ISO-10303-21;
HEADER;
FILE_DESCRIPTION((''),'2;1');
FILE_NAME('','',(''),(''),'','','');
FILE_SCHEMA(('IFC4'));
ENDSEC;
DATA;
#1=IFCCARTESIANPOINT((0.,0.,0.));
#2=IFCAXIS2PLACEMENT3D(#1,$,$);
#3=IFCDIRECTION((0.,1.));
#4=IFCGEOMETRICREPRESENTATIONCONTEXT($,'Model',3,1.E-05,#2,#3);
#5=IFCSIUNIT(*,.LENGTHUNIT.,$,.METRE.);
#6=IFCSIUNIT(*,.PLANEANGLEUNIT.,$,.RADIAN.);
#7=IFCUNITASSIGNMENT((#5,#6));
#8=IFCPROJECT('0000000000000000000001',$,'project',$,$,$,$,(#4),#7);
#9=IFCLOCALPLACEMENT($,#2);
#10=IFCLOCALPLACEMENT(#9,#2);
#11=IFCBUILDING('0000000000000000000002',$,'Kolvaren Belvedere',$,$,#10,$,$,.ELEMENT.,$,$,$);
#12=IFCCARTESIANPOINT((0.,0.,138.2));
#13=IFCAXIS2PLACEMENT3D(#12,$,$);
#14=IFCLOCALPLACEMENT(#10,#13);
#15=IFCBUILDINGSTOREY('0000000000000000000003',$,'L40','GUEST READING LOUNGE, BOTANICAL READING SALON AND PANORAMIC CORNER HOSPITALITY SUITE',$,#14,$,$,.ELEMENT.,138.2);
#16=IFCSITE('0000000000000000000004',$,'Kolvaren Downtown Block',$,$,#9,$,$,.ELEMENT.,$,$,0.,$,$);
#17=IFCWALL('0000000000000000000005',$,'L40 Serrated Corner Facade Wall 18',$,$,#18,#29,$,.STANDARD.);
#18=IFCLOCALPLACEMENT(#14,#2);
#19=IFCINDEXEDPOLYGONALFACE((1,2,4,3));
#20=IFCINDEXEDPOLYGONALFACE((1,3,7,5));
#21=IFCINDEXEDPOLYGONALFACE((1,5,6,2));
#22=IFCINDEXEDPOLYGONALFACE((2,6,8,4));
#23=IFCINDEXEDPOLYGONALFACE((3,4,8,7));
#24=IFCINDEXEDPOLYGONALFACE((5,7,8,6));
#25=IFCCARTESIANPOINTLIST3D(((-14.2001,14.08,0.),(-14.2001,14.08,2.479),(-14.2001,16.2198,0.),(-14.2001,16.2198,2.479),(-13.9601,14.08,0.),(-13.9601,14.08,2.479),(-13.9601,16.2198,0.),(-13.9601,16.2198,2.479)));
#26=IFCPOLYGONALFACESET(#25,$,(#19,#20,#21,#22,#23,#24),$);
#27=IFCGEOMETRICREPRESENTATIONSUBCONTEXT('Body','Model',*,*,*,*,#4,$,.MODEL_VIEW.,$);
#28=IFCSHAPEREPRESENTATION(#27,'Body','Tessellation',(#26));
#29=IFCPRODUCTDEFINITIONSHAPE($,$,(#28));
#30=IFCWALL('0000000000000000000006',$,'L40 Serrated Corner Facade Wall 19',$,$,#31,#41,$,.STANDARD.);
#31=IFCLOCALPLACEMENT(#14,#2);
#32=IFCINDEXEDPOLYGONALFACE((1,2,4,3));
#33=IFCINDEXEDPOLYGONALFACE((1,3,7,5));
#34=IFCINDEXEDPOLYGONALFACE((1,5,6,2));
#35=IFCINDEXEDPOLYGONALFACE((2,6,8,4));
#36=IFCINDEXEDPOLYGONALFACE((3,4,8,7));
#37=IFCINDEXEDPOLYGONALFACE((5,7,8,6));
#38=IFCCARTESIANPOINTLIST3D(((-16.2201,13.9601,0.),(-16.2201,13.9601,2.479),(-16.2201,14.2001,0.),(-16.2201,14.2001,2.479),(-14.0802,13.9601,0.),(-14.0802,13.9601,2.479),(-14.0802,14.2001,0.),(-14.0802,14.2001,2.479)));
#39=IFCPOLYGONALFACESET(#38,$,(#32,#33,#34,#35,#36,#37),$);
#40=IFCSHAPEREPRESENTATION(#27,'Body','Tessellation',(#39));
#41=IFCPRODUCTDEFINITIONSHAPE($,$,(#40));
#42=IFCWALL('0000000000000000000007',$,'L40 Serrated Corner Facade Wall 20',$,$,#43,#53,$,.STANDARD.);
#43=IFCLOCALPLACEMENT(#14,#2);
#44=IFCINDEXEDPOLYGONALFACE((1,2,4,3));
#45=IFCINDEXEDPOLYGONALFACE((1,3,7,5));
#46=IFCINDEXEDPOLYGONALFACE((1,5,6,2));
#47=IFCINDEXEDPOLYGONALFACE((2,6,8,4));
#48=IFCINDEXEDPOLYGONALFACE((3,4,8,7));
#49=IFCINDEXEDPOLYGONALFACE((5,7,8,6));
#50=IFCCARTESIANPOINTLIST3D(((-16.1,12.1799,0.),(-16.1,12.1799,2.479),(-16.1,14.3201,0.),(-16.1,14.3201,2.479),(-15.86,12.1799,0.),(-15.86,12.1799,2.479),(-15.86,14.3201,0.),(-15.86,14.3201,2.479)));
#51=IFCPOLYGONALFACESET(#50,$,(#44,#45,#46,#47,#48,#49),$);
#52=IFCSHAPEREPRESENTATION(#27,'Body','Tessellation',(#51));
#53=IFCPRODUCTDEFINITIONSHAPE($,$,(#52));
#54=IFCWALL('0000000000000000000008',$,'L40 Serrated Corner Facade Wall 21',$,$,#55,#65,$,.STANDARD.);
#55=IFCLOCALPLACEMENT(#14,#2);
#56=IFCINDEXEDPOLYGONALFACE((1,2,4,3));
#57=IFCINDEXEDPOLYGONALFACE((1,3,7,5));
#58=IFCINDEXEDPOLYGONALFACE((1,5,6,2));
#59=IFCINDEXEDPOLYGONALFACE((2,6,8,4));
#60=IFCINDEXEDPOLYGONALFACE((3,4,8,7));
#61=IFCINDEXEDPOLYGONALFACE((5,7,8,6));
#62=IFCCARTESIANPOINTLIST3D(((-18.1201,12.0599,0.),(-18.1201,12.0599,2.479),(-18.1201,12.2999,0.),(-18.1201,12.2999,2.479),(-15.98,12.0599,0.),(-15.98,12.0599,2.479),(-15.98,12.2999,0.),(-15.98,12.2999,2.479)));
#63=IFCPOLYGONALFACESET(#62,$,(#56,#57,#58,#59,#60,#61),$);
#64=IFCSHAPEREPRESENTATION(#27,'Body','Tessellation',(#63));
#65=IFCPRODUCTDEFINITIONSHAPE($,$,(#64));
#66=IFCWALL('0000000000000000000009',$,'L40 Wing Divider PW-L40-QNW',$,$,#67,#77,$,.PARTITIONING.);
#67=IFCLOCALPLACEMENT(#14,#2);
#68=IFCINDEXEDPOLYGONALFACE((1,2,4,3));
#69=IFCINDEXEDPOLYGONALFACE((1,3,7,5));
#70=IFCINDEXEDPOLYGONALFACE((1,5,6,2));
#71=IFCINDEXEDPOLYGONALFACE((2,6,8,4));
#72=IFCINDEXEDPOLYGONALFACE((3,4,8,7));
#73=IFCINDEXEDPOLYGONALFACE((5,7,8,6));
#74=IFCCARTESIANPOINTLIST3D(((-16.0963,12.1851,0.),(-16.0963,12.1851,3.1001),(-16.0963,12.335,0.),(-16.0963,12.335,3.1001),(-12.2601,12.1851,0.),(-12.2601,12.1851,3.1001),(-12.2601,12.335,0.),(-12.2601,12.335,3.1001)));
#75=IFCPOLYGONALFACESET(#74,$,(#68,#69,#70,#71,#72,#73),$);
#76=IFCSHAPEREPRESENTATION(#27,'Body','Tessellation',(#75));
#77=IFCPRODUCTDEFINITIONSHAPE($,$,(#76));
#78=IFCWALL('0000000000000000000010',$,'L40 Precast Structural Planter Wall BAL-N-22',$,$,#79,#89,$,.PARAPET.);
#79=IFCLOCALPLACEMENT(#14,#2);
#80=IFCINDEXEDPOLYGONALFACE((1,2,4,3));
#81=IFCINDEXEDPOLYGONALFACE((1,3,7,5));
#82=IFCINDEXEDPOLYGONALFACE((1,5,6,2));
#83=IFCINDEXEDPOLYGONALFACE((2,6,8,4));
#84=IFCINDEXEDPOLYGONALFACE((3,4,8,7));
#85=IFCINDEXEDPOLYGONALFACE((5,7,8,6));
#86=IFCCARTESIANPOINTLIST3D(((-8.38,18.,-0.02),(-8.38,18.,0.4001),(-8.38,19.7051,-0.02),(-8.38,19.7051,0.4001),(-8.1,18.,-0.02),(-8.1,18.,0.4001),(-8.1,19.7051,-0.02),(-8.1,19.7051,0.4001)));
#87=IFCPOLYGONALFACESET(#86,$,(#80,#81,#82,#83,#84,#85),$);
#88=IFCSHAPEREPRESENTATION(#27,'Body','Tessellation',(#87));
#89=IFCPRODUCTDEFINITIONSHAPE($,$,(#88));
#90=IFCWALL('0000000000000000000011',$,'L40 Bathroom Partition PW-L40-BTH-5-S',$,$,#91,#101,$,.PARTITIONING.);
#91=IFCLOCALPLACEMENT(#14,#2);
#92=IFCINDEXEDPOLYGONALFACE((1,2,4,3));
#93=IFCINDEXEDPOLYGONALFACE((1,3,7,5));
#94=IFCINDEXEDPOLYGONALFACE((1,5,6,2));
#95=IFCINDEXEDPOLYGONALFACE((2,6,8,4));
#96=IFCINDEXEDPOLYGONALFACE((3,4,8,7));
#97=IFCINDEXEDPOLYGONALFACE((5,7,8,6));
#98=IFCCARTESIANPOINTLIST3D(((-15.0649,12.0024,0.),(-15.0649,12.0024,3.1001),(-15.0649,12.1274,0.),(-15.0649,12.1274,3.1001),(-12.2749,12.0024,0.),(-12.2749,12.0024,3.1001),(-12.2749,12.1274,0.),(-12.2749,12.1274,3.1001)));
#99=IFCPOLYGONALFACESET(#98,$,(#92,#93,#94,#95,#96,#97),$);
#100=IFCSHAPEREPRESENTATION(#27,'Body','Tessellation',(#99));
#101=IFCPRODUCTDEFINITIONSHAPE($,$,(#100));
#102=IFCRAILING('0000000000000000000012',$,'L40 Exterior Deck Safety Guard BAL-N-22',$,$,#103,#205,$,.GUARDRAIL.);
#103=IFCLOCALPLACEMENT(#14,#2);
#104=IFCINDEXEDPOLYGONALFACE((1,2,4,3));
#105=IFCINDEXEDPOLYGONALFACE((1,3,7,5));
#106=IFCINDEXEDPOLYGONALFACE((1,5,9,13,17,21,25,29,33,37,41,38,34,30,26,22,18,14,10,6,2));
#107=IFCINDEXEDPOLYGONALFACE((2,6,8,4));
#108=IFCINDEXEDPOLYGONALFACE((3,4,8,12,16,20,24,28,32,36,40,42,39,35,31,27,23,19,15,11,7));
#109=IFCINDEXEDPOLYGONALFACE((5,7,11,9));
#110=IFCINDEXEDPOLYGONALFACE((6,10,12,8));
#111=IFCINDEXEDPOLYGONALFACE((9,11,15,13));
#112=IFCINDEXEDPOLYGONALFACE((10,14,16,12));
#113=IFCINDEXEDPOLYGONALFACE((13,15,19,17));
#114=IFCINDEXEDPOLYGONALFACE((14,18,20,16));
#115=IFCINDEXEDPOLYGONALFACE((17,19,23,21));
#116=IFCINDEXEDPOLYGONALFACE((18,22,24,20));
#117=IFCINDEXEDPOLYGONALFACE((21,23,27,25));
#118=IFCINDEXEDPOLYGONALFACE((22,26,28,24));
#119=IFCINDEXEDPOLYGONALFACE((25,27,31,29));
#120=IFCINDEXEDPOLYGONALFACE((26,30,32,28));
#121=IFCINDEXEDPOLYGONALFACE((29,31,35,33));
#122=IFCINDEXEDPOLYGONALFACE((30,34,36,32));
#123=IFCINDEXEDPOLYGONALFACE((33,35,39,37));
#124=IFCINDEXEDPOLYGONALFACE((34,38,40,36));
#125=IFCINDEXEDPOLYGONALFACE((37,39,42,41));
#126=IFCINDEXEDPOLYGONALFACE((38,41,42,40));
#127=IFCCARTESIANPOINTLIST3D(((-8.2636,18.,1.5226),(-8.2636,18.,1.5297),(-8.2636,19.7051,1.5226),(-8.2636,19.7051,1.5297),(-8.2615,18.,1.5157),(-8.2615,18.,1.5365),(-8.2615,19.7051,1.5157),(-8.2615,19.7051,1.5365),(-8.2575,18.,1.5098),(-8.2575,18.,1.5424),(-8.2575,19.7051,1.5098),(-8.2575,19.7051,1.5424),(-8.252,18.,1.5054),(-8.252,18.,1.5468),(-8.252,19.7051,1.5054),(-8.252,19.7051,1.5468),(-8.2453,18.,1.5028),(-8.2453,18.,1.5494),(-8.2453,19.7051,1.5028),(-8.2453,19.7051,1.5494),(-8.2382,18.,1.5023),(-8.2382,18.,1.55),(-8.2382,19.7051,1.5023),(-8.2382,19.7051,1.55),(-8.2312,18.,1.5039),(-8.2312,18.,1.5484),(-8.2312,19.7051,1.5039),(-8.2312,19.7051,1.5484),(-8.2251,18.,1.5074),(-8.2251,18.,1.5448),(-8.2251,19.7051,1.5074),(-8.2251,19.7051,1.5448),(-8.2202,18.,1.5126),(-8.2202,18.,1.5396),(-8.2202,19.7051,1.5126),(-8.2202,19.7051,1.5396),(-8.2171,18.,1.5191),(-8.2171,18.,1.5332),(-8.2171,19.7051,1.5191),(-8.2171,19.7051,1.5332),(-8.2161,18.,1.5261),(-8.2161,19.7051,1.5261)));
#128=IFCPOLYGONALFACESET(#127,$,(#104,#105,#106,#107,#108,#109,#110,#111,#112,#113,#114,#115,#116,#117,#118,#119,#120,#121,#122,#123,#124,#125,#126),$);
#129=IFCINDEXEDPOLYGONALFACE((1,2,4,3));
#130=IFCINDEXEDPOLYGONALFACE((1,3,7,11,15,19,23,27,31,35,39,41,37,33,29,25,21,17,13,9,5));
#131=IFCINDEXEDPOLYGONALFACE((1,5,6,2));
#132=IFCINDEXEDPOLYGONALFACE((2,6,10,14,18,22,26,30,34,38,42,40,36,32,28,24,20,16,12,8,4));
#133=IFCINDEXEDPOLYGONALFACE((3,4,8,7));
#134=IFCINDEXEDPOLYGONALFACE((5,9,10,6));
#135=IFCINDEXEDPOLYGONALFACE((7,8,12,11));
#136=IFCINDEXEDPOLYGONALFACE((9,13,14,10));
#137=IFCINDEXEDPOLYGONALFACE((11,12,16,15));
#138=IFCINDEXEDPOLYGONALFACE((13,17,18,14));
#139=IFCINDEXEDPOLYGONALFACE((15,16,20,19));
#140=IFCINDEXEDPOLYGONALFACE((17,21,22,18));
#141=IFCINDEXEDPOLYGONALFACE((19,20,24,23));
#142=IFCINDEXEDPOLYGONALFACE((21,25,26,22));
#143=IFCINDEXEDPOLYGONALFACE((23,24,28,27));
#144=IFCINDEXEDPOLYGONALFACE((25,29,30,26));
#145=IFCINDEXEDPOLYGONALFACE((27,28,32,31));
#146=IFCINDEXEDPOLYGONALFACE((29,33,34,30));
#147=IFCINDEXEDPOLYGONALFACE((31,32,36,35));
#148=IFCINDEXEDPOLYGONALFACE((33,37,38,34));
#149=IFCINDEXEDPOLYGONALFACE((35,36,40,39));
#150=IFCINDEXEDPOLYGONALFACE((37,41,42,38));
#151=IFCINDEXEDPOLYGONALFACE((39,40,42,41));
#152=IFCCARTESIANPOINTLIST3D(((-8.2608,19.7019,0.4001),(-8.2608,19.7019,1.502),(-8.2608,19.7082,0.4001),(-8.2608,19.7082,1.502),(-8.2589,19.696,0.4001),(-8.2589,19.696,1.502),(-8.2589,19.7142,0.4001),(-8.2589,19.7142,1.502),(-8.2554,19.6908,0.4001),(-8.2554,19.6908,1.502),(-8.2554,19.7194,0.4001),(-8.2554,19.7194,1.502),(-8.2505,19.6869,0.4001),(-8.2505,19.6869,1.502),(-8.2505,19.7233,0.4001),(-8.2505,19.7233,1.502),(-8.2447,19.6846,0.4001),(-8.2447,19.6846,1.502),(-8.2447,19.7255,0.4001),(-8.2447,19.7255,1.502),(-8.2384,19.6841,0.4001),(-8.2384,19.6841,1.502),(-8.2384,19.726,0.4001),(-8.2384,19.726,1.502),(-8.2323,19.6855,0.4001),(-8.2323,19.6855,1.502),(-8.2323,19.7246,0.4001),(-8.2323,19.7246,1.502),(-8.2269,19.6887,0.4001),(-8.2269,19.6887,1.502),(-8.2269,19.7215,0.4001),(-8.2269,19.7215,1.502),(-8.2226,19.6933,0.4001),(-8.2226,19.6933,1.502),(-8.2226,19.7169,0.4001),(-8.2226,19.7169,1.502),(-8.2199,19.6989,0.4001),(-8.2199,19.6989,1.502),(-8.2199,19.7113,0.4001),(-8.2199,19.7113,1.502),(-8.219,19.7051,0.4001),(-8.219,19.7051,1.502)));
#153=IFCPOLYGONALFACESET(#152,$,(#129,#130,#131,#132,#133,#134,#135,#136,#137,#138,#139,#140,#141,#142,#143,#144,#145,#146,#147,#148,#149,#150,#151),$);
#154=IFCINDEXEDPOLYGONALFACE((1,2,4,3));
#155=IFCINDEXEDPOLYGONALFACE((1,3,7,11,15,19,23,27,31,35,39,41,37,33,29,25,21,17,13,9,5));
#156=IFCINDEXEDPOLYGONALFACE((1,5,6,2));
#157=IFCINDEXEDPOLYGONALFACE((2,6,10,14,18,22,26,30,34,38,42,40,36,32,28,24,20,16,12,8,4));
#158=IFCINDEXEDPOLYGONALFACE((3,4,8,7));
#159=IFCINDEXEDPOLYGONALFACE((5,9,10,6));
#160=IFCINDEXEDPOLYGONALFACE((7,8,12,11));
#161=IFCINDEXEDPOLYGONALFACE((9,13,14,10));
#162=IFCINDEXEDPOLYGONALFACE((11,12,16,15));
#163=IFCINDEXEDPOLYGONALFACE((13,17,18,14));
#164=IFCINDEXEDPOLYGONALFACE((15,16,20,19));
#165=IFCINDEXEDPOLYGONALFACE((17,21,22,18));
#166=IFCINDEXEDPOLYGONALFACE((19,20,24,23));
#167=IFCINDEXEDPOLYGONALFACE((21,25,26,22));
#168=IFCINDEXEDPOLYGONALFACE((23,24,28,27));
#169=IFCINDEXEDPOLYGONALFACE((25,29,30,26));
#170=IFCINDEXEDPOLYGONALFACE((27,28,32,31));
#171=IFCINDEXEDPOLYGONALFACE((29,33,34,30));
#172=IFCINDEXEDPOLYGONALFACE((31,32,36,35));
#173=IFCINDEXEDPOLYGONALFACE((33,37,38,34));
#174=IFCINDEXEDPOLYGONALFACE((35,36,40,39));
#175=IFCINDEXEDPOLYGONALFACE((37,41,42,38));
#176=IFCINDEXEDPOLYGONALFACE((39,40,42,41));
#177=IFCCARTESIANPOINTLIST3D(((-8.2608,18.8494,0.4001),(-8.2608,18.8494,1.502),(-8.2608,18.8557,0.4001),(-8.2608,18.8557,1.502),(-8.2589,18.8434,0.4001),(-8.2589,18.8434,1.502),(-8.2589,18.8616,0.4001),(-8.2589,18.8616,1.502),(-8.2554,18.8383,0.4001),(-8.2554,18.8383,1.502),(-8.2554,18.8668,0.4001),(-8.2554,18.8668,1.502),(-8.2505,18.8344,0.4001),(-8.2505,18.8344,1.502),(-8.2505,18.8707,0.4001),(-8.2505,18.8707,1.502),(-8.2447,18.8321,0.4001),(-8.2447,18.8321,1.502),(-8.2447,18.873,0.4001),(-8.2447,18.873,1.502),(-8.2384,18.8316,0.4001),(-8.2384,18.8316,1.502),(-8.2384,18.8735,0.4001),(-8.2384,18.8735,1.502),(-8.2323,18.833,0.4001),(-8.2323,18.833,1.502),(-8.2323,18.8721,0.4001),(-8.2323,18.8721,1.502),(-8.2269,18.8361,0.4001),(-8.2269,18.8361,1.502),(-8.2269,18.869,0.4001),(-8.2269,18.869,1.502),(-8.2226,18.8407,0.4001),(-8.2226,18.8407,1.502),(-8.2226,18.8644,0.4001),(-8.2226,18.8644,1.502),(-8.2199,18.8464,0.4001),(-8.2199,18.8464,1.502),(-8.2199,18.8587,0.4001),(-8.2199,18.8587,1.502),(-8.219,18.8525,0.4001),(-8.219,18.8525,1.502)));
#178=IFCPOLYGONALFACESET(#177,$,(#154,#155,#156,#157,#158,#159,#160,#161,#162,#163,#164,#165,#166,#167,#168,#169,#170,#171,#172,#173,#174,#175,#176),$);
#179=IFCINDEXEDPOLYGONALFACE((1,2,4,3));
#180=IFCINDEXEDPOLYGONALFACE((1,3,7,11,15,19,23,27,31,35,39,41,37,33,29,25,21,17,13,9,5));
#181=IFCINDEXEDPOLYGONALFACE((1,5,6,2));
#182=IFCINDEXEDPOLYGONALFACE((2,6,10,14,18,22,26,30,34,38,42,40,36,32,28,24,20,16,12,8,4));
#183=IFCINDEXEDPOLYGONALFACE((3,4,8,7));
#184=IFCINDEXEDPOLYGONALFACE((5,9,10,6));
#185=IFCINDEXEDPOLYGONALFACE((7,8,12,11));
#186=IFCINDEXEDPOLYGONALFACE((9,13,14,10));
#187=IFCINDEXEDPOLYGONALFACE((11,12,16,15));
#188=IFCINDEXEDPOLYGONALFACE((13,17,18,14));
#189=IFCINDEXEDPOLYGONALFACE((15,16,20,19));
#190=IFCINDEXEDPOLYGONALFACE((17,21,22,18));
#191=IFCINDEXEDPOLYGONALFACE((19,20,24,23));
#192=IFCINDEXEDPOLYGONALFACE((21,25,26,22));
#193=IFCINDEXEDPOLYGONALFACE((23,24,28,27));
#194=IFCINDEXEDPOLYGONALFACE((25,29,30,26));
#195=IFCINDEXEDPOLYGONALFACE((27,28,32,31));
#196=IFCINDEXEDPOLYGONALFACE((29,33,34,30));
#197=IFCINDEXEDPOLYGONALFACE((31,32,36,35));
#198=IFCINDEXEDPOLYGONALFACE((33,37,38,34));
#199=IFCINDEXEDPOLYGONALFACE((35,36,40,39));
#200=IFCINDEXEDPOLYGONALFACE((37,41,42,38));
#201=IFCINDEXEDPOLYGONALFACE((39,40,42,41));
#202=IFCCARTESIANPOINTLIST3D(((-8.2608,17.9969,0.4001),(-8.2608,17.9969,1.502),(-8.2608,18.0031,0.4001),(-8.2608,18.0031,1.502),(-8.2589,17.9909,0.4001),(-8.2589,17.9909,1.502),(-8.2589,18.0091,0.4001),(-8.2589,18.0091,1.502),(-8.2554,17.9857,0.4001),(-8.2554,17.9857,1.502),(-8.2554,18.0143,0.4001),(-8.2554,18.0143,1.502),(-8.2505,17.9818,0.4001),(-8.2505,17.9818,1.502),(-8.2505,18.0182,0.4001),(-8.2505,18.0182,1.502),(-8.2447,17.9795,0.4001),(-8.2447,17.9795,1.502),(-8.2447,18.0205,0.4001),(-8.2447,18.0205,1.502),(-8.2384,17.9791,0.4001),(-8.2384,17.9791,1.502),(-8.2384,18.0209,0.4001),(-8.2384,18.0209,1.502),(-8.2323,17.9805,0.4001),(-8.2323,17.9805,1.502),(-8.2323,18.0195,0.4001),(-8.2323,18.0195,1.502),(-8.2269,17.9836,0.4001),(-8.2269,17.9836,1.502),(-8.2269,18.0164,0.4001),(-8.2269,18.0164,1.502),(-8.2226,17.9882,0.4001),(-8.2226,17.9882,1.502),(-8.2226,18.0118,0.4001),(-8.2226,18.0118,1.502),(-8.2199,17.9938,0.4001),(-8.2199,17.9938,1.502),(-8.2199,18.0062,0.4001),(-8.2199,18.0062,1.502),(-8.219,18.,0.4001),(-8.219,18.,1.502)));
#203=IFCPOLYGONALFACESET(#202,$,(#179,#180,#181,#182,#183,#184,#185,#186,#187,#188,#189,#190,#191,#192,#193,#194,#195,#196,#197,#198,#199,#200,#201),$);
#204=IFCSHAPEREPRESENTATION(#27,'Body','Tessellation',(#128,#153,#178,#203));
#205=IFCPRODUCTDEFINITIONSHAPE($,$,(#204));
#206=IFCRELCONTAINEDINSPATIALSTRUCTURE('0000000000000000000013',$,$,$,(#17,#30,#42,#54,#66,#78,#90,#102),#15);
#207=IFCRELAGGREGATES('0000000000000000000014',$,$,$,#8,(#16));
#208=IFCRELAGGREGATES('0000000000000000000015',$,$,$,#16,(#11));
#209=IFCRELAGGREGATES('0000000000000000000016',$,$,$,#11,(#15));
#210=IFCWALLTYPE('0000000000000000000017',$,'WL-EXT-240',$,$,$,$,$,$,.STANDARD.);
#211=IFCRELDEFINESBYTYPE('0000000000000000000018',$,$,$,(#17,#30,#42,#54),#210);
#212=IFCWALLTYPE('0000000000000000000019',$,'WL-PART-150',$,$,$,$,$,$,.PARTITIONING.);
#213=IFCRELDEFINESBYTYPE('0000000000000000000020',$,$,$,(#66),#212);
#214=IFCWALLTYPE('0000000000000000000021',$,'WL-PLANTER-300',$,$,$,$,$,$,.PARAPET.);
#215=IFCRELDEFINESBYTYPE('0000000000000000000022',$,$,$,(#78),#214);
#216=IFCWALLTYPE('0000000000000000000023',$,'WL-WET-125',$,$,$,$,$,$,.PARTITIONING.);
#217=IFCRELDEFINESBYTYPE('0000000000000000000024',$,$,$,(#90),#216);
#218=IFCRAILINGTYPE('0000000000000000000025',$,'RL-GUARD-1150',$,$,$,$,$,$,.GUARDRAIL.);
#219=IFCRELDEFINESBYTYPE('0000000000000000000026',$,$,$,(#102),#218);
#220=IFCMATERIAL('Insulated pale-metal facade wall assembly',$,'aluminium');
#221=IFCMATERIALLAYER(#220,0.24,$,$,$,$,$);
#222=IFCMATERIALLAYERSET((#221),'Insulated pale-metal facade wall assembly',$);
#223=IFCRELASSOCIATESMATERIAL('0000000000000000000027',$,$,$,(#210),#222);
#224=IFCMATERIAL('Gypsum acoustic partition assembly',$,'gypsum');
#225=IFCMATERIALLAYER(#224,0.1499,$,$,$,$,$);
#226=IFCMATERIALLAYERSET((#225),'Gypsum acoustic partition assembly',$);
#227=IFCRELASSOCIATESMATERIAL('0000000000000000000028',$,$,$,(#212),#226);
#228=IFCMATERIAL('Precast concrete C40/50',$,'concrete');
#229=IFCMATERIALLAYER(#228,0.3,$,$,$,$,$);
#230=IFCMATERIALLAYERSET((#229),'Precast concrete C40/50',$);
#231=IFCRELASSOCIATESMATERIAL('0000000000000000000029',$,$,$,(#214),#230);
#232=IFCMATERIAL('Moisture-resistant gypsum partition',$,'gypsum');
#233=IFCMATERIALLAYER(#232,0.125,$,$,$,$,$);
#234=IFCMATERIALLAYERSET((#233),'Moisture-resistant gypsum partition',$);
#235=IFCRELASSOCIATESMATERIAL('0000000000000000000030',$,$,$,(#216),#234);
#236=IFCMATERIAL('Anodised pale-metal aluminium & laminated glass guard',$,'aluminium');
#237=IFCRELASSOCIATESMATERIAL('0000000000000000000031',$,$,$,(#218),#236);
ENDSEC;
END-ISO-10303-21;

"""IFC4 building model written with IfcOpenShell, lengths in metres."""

from ifc_helpers import new_model, si_unit, direction, frame, frame_2d, origin, origin_2d, place, context, subcontext, project, spatial, rectangle, circle, extrude, material, layer, layer_set, type_object, element, save


model = new_model("IFC4")

# Units and contexts
model_context = context("Model", 3, precision=1e-05, world=origin(), true_north=direction((0.0, 1.0)))
body_context = subcontext(model_context, "Body", "Model", "MODEL_VIEW")
ifc_project = project(units=[si_unit("LENGTHUNIT", "METRE"), si_unit("PLANEANGLEUNIT", "RADIAN")], contexts=[model_context])

# Site, building, storey
site_placement = place(None, origin())
site = spatial("IfcSite", under=ifc_project, at=site_placement, Name="Kolvaren Downtown Block", CompositionType="ELEMENT", RefElevation=0.0)
building_placement = place(site_placement, origin())
building = spatial("IfcBuilding", under=site, at=building_placement, Name="Kolvaren Belvedere", CompositionType="ELEMENT")
storey_placement = place(building_placement, frame((0.0, 0.0, 138.2)))
storey = spatial("IfcBuildingStorey", under=building, at=storey_placement, Name="L40", Description="GUEST READING LOUNGE, BOTANICAL READING SALON AND PANORAMIC CORNER HOSPITALITY SUITE", CompositionType="ELEMENT", Elevation=138.2)

# Walls
ifc_material_1 = material(Name="Insulated pale-metal facade wall assembly", Category="aluminium")
ifc_layer_1 = layer(ifc_material_1, 0.24)
ifc_layer_set_1 = layer_set([ifc_layer_1], Name="Insulated pale-metal facade wall assembly")
wall_type_1 = type_object("IfcWallType", Name="WL-EXT-240", PredefinedType="STANDARD", material=ifc_layer_set_1)
for number, where, z_axis, x_axis, name in (
    (1, (-14.0801, 14.0801, 0.0), (0.0, 0.0, 1.0), (0.0, 1.0, 0.0), "L40 Serrated Corner Facade Wall 18"),
    (2, (-16.22, 14.0801, 0.0), (0.0, 0.0, 1.0), (1.0, 0.0, 0.0), "L40 Serrated Corner Facade Wall 19"),
):
    element("IfcWall", number, at=place(storey_placement, frame(where, z_axis=z_axis, x_axis=x_axis)), inside=storey, type_object=wall_type_1, Name=name, PredefinedType="STANDARD", context=body_context, shape_type="SweptSolid", body=[
        extrude(rectangle(XDim=2.1399, YDim=0.24, at=frame_2d((1.0698, 0.0))), origin(), (0.0, 0.0, 1.0), 2.479),
    ])
for number, where, z_axis, x_axis, name in (
    (3, (-15.98, 12.1799, 0.0), (0.0, 0.0, 1.0), (0.0, 1.0, 0.0), "L40 Serrated Corner Facade Wall 20"),
    (4, (-18.1201, 12.1799, 0.0), (0.0, 0.0, 1.0), (1.0, 0.0, 0.0), "L40 Serrated Corner Facade Wall 21"),
):
    element("IfcWall", number, at=place(storey_placement, frame(where, z_axis=z_axis, x_axis=x_axis)), inside=storey, type_object=wall_type_1, Name=name, PredefinedType="STANDARD", context=body_context, shape_type="SweptSolid", body=[
        extrude(rectangle(XDim=2.1401, YDim=0.24, at=frame_2d((1.0701, 0.0))), origin(), (0.0, 0.0, 1.0), 2.479),
    ])
ifc_material_2 = material(Name="Gypsum acoustic partition assembly", Category="gypsum")
ifc_layer_2 = layer(ifc_material_2, 0.1499)
ifc_layer_set_2 = layer_set([ifc_layer_2], Name="Gypsum acoustic partition assembly")
wall_type_2 = type_object("IfcWallType", Name="WL-PART-150", PredefinedType="PARTITIONING", material=ifc_layer_set_2)
wall_1_placement = place(storey_placement, frame((-16.0962, 12.26, 0.0), z_axis=(0.0, 0.0, 1.0), x_axis=(1.0, 0.0, 0.0)))
element("IfcWall", 5, at=wall_1_placement, inside=storey, type_object=wall_type_2, Name="L40 Wing Divider PW-L40-QNW", PredefinedType="PARTITIONING", context=body_context, shape_type="SweptSolid", body=[
    extrude(rectangle(XDim=3.8362, YDim=0.1499, at=frame_2d((1.918, 0.0))), origin(), (0.0, 0.0, 1.0), 3.1001),
])
ifc_material_3 = material(Name="Precast concrete C40/50", Category="concrete")
ifc_layer_3 = layer(ifc_material_3, 0.3)
ifc_layer_set_3 = layer_set([ifc_layer_3], Name="Precast concrete C40/50")
wall_type_3 = type_object("IfcWallType", Name="WL-PLANTER-300", PredefinedType="PARAPET", material=ifc_layer_set_3)
wall_2_placement = place(storey_placement, frame((-8.24, 19.7051, -0.02), z_axis=(0.0, 0.0, 1.0), x_axis=(0.0, -1.0, 0.0)))
element("IfcWall", 6, at=wall_2_placement, inside=storey, type_object=wall_type_3, Name="L40 Precast Structural Planter Wall BAL-N-22", PredefinedType="PARAPET", context=body_context, shape_type="SweptSolid", body=[
    extrude(rectangle(XDim=1.7051, YDim=0.28, at=frame_2d((0.8525, 0.0))), origin(), (0.0, 0.0, 1.0), 0.4202),
])
ifc_material_4 = material(Name="Moisture-resistant gypsum partition", Category="gypsum")
ifc_layer_4 = layer(ifc_material_4, 0.125)
ifc_layer_set_4 = layer_set([ifc_layer_4], Name="Moisture-resistant gypsum partition")
wall_type_4 = type_object("IfcWallType", Name="WL-WET-125", PredefinedType="PARTITIONING", material=ifc_layer_set_4)
wall_3_placement = place(storey_placement, frame((-15.0649, 12.0649, 0.0), z_axis=(0.0, 0.0, 1.0), x_axis=(1.0, 0.0, 0.0)))
element("IfcWall", 7, at=wall_3_placement, inside=storey, type_object=wall_type_4, Name="L40 Bathroom Partition PW-L40-BTH-5-S", PredefinedType="PARTITIONING", context=body_context, shape_type="SweptSolid", body=[
    extrude(rectangle(XDim=2.79, YDim=0.125, at=frame_2d((1.395, 0.0))), origin(), (0.0, 0.0, 1.0), 3.1001),
])

# Railing
ifc_material_5 = material(Name="Anodised pale-metal aluminium & laminated glass guard", Category="aluminium")
railing_type = type_object("IfcRailingType", Name="RL-GUARD-1150", PredefinedType="GUARDRAIL", material=ifc_material_5)
railing_placement = place(storey_placement, frame((-8.24, 19.7051, 0.4001)))
element("IfcRailing", 8, at=railing_placement, inside=storey, type_object=railing_type, Name="L40 Exterior Deck Safety Guard BAL-N-22", PredefinedType="GUARDRAIL", context=body_context, shape_type="SweptSolid", body=[
    extrude(circle(Radius=0.0239, at=origin_2d()), frame((0.0, 0.0, 1.126), z_axis=(0.0, -1.0, 0.0), x_axis=(1.0, 0.0, 0.0)), (0.0, 0.0, 1.0), 1.7051),
    extrude(circle(Radius=0.021, at=origin_2d()), origin(), (0.0, 0.0, 1.0), 1.1018),
    extrude(circle(Radius=0.021, at=origin_2d()), frame((0.0, -0.8525, 0.0)), (0.0, 0.0, 1.0), 1.1018),
    extrude(circle(Radius=0.021, at=origin_2d()), frame((0.0, -1.7051, 0.0)), (0.0, 0.0, 1.0), 1.1018),
])

save(model, "model.ifc")
